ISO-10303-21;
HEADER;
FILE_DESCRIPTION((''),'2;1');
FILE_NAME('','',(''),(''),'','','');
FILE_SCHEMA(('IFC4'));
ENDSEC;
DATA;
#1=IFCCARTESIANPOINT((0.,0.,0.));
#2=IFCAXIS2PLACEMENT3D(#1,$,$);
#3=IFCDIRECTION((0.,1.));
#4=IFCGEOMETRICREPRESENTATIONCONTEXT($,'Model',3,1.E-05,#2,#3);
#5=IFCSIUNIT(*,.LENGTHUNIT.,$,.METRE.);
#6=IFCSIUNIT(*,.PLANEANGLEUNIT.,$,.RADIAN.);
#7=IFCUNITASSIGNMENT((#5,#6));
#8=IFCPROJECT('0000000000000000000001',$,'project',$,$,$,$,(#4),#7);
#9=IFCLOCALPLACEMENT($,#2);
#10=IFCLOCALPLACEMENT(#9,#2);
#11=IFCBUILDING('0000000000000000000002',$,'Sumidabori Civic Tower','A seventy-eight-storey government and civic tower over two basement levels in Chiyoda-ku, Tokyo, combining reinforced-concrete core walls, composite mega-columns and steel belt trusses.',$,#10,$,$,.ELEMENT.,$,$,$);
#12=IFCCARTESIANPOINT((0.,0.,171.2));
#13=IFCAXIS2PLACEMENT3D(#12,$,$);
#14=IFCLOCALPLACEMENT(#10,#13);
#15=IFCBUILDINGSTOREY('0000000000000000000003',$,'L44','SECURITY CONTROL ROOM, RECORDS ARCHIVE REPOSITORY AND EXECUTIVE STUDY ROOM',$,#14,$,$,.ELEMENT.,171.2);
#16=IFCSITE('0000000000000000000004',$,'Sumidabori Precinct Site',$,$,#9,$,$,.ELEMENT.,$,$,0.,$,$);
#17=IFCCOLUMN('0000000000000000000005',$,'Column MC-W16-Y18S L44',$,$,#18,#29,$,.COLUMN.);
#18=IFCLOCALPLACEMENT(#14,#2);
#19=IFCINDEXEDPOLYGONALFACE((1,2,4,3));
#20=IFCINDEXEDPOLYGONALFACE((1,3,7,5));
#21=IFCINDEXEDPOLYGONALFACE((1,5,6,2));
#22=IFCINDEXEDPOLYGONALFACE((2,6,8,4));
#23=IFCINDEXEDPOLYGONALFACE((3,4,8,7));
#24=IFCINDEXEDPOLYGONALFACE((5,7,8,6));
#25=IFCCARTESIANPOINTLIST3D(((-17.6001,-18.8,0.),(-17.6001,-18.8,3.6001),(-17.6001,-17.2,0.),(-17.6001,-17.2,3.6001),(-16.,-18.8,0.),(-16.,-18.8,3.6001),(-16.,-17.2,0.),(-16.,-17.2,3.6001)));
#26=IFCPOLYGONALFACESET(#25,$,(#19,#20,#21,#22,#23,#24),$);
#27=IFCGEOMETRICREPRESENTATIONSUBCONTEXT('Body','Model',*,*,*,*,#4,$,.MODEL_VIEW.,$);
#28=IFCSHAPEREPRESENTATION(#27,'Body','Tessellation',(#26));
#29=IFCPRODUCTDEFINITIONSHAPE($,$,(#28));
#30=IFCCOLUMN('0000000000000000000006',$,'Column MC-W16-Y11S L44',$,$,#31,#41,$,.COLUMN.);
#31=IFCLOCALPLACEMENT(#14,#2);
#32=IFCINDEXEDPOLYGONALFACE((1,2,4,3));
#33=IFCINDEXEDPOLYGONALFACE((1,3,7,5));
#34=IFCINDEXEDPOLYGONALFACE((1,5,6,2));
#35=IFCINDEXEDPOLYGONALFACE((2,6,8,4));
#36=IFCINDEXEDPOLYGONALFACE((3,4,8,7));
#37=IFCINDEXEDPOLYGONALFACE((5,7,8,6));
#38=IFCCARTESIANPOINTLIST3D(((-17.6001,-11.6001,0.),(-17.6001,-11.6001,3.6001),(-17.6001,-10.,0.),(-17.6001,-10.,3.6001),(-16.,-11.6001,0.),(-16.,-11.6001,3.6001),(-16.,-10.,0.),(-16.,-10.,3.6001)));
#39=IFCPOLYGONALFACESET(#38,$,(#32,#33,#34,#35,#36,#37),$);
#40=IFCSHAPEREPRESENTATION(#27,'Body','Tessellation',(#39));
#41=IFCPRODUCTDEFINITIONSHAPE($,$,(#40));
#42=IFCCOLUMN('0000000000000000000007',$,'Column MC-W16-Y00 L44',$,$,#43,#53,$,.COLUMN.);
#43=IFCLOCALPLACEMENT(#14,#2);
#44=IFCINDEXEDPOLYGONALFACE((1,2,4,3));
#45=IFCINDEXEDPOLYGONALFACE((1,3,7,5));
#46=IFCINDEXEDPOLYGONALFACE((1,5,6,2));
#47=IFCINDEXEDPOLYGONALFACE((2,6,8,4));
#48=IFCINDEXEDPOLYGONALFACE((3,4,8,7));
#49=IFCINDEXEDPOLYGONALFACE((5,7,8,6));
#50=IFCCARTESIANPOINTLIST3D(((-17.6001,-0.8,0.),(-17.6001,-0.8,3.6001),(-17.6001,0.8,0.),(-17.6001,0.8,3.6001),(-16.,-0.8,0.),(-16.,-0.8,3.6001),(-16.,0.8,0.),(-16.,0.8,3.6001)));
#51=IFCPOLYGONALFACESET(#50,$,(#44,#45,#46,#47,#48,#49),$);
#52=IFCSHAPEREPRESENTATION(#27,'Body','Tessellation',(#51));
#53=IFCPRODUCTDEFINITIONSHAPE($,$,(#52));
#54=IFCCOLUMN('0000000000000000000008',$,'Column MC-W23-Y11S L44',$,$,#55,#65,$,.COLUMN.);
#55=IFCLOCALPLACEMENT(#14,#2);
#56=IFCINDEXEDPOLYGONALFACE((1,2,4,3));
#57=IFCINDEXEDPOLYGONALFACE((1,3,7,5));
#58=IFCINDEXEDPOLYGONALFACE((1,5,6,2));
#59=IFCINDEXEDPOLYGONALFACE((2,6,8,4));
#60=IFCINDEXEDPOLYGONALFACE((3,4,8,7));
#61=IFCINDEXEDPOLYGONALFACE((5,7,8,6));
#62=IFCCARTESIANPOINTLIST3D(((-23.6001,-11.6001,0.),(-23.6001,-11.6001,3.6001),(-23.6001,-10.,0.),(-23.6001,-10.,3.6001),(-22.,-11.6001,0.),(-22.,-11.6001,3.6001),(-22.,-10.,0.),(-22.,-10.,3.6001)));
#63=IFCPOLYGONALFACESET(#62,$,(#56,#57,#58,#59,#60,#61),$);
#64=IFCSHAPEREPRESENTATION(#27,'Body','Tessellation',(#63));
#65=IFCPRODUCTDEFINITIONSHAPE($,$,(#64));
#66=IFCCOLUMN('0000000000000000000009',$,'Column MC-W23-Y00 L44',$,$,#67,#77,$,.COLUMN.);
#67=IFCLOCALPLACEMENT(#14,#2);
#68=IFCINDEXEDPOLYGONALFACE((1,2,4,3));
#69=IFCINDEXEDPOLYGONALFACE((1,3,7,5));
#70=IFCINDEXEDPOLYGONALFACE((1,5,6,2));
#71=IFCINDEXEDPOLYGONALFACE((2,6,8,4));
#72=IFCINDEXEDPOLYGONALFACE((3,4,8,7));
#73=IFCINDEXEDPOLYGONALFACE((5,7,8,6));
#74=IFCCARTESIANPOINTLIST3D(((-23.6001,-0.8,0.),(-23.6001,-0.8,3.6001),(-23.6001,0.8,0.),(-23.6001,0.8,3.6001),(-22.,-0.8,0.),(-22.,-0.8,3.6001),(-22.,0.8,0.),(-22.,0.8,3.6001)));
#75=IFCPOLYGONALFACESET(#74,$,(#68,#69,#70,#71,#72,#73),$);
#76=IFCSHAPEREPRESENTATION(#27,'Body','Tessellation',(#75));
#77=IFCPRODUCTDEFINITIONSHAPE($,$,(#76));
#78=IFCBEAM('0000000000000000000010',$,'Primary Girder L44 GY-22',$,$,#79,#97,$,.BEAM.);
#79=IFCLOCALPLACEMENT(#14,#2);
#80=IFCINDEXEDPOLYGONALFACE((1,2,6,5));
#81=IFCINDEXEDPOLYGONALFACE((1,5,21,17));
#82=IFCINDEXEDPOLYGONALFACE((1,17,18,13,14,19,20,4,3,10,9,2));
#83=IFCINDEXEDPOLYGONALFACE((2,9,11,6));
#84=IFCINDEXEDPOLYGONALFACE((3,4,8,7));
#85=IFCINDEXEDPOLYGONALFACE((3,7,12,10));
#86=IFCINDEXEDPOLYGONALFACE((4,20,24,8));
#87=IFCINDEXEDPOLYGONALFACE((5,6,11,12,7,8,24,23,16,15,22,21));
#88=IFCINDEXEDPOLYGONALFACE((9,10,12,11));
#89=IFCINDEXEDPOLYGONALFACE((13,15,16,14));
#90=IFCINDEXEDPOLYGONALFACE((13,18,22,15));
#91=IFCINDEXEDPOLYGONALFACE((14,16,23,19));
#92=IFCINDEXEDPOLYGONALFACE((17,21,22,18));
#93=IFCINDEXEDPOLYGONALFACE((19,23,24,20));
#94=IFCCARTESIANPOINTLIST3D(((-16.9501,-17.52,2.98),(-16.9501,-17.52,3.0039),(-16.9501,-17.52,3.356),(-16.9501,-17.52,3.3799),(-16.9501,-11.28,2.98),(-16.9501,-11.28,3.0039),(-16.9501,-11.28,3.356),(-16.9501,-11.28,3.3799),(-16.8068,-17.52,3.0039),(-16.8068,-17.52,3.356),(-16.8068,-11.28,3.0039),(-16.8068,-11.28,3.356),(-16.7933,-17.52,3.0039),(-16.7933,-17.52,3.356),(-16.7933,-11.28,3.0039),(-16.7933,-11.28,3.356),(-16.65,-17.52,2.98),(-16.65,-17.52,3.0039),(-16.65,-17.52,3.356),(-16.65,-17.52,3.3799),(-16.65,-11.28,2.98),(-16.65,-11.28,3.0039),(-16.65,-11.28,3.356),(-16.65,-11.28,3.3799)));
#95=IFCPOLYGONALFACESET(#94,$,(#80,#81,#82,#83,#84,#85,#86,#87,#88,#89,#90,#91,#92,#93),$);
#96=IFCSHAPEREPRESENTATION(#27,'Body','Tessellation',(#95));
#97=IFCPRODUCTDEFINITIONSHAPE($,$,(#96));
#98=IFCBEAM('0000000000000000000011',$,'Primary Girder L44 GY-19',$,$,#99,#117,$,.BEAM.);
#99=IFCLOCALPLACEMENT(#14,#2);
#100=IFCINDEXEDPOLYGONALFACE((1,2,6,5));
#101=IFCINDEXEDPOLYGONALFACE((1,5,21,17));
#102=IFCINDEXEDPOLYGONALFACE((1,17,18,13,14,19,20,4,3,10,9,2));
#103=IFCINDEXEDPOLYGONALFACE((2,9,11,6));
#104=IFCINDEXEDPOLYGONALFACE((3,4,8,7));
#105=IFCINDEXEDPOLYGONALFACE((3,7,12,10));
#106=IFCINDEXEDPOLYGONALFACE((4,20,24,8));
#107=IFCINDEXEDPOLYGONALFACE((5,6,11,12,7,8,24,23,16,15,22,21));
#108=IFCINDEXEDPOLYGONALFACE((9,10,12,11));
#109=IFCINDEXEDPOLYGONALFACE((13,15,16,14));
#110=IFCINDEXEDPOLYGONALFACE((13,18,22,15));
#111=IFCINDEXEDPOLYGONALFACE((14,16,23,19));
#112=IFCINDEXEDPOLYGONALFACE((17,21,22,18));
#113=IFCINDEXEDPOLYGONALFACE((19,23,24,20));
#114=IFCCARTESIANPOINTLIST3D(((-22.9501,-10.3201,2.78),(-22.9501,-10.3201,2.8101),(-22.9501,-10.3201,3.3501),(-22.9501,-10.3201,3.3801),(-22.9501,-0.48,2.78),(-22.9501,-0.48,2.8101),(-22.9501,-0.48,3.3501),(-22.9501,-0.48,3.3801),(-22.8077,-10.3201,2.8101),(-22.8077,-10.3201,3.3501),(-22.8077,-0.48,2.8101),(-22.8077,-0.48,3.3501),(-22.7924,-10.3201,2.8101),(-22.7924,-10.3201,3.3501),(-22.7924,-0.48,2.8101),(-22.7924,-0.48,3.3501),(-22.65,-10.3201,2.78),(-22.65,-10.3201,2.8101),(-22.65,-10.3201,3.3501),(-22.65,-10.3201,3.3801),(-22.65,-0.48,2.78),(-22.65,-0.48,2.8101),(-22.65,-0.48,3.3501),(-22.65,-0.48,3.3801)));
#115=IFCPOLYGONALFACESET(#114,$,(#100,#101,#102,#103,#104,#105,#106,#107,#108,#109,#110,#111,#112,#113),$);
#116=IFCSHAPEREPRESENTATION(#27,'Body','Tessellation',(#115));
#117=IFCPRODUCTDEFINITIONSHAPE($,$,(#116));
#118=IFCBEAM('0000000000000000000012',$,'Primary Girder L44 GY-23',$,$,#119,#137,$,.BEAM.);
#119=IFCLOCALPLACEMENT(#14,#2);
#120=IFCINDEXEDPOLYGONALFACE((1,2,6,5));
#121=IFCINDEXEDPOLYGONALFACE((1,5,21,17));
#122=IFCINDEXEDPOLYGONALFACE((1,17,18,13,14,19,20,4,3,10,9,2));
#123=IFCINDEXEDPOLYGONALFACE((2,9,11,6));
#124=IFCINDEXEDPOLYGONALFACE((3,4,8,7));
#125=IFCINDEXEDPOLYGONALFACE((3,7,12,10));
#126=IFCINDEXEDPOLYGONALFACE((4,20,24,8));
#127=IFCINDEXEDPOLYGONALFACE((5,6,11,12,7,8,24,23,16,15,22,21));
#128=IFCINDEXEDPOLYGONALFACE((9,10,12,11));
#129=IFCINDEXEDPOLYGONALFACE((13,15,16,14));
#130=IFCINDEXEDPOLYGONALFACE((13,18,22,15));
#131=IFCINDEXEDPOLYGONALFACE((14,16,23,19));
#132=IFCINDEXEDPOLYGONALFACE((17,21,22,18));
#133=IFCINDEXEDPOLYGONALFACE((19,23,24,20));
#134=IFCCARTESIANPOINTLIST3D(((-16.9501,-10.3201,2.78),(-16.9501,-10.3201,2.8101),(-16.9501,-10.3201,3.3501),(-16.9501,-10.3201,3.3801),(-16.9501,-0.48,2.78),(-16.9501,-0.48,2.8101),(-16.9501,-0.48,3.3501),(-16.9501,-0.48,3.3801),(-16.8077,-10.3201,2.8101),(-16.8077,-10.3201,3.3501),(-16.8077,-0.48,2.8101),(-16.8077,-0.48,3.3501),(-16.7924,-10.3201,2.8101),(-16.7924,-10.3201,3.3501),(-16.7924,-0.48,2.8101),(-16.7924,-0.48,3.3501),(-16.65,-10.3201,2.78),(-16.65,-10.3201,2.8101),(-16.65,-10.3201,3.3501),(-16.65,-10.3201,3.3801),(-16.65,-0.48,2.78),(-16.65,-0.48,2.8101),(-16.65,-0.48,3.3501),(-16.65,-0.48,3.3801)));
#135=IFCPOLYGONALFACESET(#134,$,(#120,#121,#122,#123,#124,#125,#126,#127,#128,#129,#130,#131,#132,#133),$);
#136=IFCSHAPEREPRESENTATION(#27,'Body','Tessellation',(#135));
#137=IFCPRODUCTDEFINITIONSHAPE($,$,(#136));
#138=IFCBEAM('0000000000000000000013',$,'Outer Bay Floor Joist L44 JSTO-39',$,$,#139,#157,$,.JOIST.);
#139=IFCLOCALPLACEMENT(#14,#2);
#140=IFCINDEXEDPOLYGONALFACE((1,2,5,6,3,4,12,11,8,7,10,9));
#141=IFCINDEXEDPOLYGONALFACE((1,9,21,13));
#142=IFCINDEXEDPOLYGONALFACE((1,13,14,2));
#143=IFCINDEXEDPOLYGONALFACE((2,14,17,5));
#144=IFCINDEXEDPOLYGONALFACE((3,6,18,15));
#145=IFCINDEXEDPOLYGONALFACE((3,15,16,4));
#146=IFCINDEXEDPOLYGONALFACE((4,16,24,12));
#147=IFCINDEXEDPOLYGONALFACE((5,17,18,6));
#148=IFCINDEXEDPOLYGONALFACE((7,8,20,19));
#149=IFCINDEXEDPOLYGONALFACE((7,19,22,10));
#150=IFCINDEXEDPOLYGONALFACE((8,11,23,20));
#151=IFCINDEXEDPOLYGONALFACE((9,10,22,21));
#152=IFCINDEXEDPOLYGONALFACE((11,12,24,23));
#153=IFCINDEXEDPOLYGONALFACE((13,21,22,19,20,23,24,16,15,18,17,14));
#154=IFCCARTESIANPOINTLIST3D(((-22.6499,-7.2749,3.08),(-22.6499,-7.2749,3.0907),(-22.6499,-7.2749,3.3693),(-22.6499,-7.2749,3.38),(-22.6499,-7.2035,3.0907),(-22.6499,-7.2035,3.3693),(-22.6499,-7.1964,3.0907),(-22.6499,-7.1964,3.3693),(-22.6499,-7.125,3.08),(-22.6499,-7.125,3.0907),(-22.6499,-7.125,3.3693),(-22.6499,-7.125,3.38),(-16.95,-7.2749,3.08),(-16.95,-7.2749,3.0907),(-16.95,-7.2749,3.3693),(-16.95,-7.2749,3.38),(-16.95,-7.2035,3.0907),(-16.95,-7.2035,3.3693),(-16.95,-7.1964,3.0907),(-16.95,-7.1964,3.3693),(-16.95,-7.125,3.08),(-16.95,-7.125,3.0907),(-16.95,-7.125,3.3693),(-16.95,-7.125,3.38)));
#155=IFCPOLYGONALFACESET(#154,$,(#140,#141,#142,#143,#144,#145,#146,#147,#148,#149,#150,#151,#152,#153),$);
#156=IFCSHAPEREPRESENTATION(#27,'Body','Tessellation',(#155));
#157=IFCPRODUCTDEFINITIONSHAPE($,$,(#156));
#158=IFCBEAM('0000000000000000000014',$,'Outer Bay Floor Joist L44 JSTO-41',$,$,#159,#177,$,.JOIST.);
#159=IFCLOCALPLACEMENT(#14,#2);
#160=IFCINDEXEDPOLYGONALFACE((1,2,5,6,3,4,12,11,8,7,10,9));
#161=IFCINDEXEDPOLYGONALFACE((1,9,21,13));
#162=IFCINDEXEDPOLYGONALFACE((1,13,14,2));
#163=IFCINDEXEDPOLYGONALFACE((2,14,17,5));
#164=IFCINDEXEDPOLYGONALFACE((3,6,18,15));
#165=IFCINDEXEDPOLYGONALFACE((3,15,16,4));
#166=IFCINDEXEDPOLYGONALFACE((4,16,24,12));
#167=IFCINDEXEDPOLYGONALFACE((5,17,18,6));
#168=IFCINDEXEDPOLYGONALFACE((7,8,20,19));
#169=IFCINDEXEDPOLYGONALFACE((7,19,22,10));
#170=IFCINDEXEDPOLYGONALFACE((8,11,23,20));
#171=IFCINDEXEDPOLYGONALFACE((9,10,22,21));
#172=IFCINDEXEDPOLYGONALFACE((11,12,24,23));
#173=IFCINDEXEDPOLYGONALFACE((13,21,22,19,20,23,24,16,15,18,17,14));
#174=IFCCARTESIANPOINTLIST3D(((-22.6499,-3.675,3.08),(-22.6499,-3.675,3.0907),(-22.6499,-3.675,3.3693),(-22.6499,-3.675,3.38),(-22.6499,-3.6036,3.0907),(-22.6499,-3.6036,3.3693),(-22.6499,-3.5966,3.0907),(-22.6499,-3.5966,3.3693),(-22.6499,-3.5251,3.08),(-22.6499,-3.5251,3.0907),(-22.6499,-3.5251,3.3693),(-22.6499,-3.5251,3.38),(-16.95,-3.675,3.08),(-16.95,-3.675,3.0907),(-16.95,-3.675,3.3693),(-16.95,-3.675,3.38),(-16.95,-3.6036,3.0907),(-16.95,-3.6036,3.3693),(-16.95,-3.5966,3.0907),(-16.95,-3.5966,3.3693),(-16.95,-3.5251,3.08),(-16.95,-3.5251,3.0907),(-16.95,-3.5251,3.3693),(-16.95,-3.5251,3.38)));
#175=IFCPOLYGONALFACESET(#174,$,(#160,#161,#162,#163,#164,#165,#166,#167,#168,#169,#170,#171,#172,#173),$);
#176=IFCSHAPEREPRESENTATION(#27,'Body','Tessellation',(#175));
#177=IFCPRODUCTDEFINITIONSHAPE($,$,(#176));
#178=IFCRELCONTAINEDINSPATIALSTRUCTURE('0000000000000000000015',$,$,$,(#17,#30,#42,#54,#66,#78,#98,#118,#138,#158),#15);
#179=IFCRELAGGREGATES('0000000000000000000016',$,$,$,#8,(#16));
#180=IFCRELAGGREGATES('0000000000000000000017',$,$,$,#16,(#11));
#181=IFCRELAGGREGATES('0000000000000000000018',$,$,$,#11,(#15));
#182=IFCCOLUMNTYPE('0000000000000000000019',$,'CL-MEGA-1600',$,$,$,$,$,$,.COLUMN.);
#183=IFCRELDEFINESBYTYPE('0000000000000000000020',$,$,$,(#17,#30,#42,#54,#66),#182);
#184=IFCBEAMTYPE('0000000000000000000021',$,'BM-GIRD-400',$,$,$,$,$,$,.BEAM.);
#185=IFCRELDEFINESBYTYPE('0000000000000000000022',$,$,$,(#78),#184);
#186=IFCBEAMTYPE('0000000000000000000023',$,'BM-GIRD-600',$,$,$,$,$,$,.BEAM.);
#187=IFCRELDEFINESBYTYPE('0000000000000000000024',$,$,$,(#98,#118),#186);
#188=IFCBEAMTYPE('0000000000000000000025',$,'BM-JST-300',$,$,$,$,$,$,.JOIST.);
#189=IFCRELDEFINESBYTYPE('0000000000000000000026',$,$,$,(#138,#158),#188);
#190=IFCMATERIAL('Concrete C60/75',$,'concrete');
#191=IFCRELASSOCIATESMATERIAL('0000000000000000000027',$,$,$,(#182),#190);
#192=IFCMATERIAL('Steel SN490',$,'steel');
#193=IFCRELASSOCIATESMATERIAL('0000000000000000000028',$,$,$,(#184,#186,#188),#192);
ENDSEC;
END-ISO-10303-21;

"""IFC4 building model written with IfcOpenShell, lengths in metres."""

from ifc_helpers import new_model, si_unit, direction, frame, origin, origin_2d, place, context, subcontext, project, spatial, rectangle, i_section, extrude, source, transform, mapped, material, material_profile, profile_set, type_object, element, save


model = new_model("IFC4")

# Units and contexts
model_context = context("Model", 3, precision=1e-05, world=origin(), true_north=direction((0.0, 1.0)))
body_context = subcontext(model_context, "Body", "Model", "MODEL_VIEW")
ifc_project = project(units=[si_unit("LENGTHUNIT", "METRE"), si_unit("PLANEANGLEUNIT", "RADIAN")], contexts=[model_context])

# Site, building, storey
site_placement = place(None, origin())
site = spatial("IfcSite", under=ifc_project, at=site_placement, Name="Sumidabori Precinct Site", CompositionType="ELEMENT", RefElevation=0.0)
building_placement = place(site_placement, origin())
building = spatial("IfcBuilding", under=site, at=building_placement, Name="Sumidabori Civic Tower", Description="A seventy-eight-storey government and civic tower over two basement levels in Chiyoda-ku, Tokyo, combining reinforced-concrete core walls, composite mega-columns and steel belt trusses.", CompositionType="ELEMENT")
storey_placement = place(building_placement, frame((0.0, 0.0, 171.2)))
storey = spatial("IfcBuildingStorey", under=building, at=storey_placement, Name="L44", Description="SECURITY CONTROL ROOM, RECORDS ARCHIVE REPOSITORY AND EXECUTIVE STUDY ROOM", CompositionType="ELEMENT", Elevation=171.2)

# Columns
ifc_material_1 = material(Name="Concrete C60/75", Category="concrete")
ifc_material_profile_1 = material_profile(ifc_material_1, rectangle(XDim=1.6001, YDim=1.6001, at=origin_2d()), Name="RC 1600x1600")
ifc_profile_set_1 = profile_set([ifc_material_profile_1], Name="Concrete C60/75")
column_type = type_object("IfcColumnType", Name="CL-MEGA-1600", PredefinedType="COLUMN", material=ifc_profile_set_1)
shared_shape_1 = source(origin(), body_context, "Body", "SweptSolid", [
    extrude(rectangle(XDim=1.6001, YDim=1.6001, at=origin_2d()), origin(), (0.0, 0.0, 1.0), 3.6001),
])
for number, where, z_axis, x_axis, name in (
    (1, (-16.8, -18.0, 0.0), (0.0, 0.0, 1.0), (1.0, 0.0, 0.0), "Column MC-W16-Y18S L44"),
    (2, (-16.8, -10.8, 0.0), (0.0, 0.0, 1.0), (1.0, 0.0, 0.0), "Column MC-W16-Y11S L44"),
    (3, (-16.8, 0.0, 0.0), (0.0, 0.0, 1.0), (1.0, 0.0, 0.0), "Column MC-W16-Y00 L44"),
    (4, (-22.8, -10.8, 0.0), (0.0, 0.0, 1.0), (1.0, 0.0, 0.0), "Column MC-W23-Y11S L44"),
    (5, (-22.8, 0.0, 0.0), (0.0, 0.0, 1.0), (1.0, 0.0, 0.0), "Column MC-W23-Y00 L44"),
):
    element("IfcColumn", number, at=place(storey_placement, frame(where, z_axis=z_axis, x_axis=x_axis)), inside=storey, type_object=column_type, Name=name, PredefinedType="COLUMN", context=body_context, shape_type="MappedRepresentation", body=[
        mapped(shared_shape_1, transform((0.0, 0.0, 0.0), x_axis=(1.0, 0.0, 0.0), y_axis=(0.0, 1.0, 0.0), z_axis=(0.0, 0.0, 1.0), scale=1.0)),
    ])

# Beams
ifc_material_2 = material(Name="Steel SN490", Category="steel")
ifc_material_profile_2 = material_profile(ifc_material_2, i_section(OverallWidth=0.3, OverallDepth=0.3999, WebThickness=0.0134, FlangeThickness=0.0239, at=origin_2d()), Name="HE 400 B")
ifc_profile_set_2 = profile_set([ifc_material_profile_2], Name="Steel SN490")
beam_type_1 = type_object("IfcBeamType", Name="BM-GIRD-400", PredefinedType="BEAM", material=ifc_profile_set_2)
shared_shape_2 = source(origin(), body_context, "Body", "SweptSolid", [
    extrude(i_section(OverallWidth=0.3, OverallDepth=0.3999, WebThickness=0.0134, FlangeThickness=0.0239, at=origin_2d()), origin(), (0.0, 0.0, 1.0), 6.24),
])
beam_placement = place(storey_placement, frame((-16.8, -17.52, 3.1799), z_axis=(0.0, 1.0, 0.0), x_axis=(-1.0, 0.0, 0.0)))
element("IfcBeam", 6, at=beam_placement, inside=storey, type_object=beam_type_1, Name="Primary Girder L44 GY-22", PredefinedType="BEAM", context=body_context, shape_type="MappedRepresentation", body=[
    mapped(shared_shape_2, transform((0.0, 0.0, 0.0), x_axis=(1.0, 0.0, 0.0), y_axis=(0.0, 1.0, 0.0), z_axis=(0.0, 0.0, 1.0), scale=1.0)),
])
ifc_material_profile_3 = material_profile(ifc_material_2, i_section(OverallWidth=0.3, OverallDepth=0.6001, WebThickness=0.0154, FlangeThickness=0.03, at=origin_2d()), Name="HE 600 B")
ifc_profile_set_3 = profile_set([ifc_material_profile_3], Name="Steel SN490")
beam_type_2 = type_object("IfcBeamType", Name="BM-GIRD-600", PredefinedType="BEAM", material=ifc_profile_set_3)
shared_shape_3 = source(origin(), body_context, "Body", "SweptSolid", [
    extrude(i_section(OverallWidth=0.3, OverallDepth=0.6001, WebThickness=0.0154, FlangeThickness=0.03, at=origin_2d()), origin(), (0.0, 0.0, 1.0), 9.8401),
])
for number, where, z_axis, x_axis, name in (
    (7, (-22.8, -10.3201, 3.0801), (0.0, 1.0, 0.0), (-1.0, 0.0, 0.0), "Primary Girder L44 GY-19"),
    (8, (-16.8, -10.3201, 3.0801), (0.0, 1.0, 0.0), (-1.0, 0.0, 0.0), "Primary Girder L44 GY-23"),
):
    element("IfcBeam", number, at=place(storey_placement, frame(where, z_axis=z_axis, x_axis=x_axis)), inside=storey, type_object=beam_type_2, Name=name, PredefinedType="BEAM", context=body_context, shape_type="MappedRepresentation", body=[
        mapped(shared_shape_3, transform((0.0, 0.0, 0.0), x_axis=(1.0, 0.0, 0.0), y_axis=(0.0, 1.0, 0.0), z_axis=(0.0, 0.0, 1.0), scale=1.0)),
    ])
ifc_material_profile_4 = material_profile(ifc_material_2, i_section(OverallWidth=0.1499, OverallDepth=0.3, WebThickness=0.0071, FlangeThickness=0.0107, at=origin_2d()), Name="IPE 300")
ifc_profile_set_4 = profile_set([ifc_material_profile_4], Name="Steel SN490")
beam_type_3 = type_object("IfcBeamType", Name="BM-JST-300", PredefinedType="JOIST", material=ifc_profile_set_4)
shared_shape_4 = source(origin(), body_context, "Body", "SweptSolid", [
    extrude(i_section(OverallWidth=0.1499, OverallDepth=0.3, WebThickness=0.0071, FlangeThickness=0.0107, at=origin_2d()), origin(), (0.0, 0.0, 1.0), 5.7),
])
for number, where, z_axis, x_axis, name in (
    (9, (-22.6499, -7.2, 3.23), (1.0, 0.0, 0.0), (0.0, 1.0, 0.0), "Outer Bay Floor Joist L44 JSTO-39"),
    (10, (-22.6499, -3.6001, 3.23), (1.0, 0.0, 0.0), (0.0, 1.0, 0.0), "Outer Bay Floor Joist L44 JSTO-41"),
):
    element("IfcBeam", number, at=place(storey_placement, frame(where, z_axis=z_axis, x_axis=x_axis)), inside=storey, type_object=beam_type_3, Name=name, PredefinedType="JOIST", context=body_context, shape_type="MappedRepresentation", body=[
        mapped(shared_shape_4, transform((0.0, 0.0, 0.0), x_axis=(1.0, 0.0, 0.0), y_axis=(0.0, 1.0, 0.0), z_axis=(0.0, 0.0, 1.0), scale=1.0)),
    ])

save(model, "model.ifc")
